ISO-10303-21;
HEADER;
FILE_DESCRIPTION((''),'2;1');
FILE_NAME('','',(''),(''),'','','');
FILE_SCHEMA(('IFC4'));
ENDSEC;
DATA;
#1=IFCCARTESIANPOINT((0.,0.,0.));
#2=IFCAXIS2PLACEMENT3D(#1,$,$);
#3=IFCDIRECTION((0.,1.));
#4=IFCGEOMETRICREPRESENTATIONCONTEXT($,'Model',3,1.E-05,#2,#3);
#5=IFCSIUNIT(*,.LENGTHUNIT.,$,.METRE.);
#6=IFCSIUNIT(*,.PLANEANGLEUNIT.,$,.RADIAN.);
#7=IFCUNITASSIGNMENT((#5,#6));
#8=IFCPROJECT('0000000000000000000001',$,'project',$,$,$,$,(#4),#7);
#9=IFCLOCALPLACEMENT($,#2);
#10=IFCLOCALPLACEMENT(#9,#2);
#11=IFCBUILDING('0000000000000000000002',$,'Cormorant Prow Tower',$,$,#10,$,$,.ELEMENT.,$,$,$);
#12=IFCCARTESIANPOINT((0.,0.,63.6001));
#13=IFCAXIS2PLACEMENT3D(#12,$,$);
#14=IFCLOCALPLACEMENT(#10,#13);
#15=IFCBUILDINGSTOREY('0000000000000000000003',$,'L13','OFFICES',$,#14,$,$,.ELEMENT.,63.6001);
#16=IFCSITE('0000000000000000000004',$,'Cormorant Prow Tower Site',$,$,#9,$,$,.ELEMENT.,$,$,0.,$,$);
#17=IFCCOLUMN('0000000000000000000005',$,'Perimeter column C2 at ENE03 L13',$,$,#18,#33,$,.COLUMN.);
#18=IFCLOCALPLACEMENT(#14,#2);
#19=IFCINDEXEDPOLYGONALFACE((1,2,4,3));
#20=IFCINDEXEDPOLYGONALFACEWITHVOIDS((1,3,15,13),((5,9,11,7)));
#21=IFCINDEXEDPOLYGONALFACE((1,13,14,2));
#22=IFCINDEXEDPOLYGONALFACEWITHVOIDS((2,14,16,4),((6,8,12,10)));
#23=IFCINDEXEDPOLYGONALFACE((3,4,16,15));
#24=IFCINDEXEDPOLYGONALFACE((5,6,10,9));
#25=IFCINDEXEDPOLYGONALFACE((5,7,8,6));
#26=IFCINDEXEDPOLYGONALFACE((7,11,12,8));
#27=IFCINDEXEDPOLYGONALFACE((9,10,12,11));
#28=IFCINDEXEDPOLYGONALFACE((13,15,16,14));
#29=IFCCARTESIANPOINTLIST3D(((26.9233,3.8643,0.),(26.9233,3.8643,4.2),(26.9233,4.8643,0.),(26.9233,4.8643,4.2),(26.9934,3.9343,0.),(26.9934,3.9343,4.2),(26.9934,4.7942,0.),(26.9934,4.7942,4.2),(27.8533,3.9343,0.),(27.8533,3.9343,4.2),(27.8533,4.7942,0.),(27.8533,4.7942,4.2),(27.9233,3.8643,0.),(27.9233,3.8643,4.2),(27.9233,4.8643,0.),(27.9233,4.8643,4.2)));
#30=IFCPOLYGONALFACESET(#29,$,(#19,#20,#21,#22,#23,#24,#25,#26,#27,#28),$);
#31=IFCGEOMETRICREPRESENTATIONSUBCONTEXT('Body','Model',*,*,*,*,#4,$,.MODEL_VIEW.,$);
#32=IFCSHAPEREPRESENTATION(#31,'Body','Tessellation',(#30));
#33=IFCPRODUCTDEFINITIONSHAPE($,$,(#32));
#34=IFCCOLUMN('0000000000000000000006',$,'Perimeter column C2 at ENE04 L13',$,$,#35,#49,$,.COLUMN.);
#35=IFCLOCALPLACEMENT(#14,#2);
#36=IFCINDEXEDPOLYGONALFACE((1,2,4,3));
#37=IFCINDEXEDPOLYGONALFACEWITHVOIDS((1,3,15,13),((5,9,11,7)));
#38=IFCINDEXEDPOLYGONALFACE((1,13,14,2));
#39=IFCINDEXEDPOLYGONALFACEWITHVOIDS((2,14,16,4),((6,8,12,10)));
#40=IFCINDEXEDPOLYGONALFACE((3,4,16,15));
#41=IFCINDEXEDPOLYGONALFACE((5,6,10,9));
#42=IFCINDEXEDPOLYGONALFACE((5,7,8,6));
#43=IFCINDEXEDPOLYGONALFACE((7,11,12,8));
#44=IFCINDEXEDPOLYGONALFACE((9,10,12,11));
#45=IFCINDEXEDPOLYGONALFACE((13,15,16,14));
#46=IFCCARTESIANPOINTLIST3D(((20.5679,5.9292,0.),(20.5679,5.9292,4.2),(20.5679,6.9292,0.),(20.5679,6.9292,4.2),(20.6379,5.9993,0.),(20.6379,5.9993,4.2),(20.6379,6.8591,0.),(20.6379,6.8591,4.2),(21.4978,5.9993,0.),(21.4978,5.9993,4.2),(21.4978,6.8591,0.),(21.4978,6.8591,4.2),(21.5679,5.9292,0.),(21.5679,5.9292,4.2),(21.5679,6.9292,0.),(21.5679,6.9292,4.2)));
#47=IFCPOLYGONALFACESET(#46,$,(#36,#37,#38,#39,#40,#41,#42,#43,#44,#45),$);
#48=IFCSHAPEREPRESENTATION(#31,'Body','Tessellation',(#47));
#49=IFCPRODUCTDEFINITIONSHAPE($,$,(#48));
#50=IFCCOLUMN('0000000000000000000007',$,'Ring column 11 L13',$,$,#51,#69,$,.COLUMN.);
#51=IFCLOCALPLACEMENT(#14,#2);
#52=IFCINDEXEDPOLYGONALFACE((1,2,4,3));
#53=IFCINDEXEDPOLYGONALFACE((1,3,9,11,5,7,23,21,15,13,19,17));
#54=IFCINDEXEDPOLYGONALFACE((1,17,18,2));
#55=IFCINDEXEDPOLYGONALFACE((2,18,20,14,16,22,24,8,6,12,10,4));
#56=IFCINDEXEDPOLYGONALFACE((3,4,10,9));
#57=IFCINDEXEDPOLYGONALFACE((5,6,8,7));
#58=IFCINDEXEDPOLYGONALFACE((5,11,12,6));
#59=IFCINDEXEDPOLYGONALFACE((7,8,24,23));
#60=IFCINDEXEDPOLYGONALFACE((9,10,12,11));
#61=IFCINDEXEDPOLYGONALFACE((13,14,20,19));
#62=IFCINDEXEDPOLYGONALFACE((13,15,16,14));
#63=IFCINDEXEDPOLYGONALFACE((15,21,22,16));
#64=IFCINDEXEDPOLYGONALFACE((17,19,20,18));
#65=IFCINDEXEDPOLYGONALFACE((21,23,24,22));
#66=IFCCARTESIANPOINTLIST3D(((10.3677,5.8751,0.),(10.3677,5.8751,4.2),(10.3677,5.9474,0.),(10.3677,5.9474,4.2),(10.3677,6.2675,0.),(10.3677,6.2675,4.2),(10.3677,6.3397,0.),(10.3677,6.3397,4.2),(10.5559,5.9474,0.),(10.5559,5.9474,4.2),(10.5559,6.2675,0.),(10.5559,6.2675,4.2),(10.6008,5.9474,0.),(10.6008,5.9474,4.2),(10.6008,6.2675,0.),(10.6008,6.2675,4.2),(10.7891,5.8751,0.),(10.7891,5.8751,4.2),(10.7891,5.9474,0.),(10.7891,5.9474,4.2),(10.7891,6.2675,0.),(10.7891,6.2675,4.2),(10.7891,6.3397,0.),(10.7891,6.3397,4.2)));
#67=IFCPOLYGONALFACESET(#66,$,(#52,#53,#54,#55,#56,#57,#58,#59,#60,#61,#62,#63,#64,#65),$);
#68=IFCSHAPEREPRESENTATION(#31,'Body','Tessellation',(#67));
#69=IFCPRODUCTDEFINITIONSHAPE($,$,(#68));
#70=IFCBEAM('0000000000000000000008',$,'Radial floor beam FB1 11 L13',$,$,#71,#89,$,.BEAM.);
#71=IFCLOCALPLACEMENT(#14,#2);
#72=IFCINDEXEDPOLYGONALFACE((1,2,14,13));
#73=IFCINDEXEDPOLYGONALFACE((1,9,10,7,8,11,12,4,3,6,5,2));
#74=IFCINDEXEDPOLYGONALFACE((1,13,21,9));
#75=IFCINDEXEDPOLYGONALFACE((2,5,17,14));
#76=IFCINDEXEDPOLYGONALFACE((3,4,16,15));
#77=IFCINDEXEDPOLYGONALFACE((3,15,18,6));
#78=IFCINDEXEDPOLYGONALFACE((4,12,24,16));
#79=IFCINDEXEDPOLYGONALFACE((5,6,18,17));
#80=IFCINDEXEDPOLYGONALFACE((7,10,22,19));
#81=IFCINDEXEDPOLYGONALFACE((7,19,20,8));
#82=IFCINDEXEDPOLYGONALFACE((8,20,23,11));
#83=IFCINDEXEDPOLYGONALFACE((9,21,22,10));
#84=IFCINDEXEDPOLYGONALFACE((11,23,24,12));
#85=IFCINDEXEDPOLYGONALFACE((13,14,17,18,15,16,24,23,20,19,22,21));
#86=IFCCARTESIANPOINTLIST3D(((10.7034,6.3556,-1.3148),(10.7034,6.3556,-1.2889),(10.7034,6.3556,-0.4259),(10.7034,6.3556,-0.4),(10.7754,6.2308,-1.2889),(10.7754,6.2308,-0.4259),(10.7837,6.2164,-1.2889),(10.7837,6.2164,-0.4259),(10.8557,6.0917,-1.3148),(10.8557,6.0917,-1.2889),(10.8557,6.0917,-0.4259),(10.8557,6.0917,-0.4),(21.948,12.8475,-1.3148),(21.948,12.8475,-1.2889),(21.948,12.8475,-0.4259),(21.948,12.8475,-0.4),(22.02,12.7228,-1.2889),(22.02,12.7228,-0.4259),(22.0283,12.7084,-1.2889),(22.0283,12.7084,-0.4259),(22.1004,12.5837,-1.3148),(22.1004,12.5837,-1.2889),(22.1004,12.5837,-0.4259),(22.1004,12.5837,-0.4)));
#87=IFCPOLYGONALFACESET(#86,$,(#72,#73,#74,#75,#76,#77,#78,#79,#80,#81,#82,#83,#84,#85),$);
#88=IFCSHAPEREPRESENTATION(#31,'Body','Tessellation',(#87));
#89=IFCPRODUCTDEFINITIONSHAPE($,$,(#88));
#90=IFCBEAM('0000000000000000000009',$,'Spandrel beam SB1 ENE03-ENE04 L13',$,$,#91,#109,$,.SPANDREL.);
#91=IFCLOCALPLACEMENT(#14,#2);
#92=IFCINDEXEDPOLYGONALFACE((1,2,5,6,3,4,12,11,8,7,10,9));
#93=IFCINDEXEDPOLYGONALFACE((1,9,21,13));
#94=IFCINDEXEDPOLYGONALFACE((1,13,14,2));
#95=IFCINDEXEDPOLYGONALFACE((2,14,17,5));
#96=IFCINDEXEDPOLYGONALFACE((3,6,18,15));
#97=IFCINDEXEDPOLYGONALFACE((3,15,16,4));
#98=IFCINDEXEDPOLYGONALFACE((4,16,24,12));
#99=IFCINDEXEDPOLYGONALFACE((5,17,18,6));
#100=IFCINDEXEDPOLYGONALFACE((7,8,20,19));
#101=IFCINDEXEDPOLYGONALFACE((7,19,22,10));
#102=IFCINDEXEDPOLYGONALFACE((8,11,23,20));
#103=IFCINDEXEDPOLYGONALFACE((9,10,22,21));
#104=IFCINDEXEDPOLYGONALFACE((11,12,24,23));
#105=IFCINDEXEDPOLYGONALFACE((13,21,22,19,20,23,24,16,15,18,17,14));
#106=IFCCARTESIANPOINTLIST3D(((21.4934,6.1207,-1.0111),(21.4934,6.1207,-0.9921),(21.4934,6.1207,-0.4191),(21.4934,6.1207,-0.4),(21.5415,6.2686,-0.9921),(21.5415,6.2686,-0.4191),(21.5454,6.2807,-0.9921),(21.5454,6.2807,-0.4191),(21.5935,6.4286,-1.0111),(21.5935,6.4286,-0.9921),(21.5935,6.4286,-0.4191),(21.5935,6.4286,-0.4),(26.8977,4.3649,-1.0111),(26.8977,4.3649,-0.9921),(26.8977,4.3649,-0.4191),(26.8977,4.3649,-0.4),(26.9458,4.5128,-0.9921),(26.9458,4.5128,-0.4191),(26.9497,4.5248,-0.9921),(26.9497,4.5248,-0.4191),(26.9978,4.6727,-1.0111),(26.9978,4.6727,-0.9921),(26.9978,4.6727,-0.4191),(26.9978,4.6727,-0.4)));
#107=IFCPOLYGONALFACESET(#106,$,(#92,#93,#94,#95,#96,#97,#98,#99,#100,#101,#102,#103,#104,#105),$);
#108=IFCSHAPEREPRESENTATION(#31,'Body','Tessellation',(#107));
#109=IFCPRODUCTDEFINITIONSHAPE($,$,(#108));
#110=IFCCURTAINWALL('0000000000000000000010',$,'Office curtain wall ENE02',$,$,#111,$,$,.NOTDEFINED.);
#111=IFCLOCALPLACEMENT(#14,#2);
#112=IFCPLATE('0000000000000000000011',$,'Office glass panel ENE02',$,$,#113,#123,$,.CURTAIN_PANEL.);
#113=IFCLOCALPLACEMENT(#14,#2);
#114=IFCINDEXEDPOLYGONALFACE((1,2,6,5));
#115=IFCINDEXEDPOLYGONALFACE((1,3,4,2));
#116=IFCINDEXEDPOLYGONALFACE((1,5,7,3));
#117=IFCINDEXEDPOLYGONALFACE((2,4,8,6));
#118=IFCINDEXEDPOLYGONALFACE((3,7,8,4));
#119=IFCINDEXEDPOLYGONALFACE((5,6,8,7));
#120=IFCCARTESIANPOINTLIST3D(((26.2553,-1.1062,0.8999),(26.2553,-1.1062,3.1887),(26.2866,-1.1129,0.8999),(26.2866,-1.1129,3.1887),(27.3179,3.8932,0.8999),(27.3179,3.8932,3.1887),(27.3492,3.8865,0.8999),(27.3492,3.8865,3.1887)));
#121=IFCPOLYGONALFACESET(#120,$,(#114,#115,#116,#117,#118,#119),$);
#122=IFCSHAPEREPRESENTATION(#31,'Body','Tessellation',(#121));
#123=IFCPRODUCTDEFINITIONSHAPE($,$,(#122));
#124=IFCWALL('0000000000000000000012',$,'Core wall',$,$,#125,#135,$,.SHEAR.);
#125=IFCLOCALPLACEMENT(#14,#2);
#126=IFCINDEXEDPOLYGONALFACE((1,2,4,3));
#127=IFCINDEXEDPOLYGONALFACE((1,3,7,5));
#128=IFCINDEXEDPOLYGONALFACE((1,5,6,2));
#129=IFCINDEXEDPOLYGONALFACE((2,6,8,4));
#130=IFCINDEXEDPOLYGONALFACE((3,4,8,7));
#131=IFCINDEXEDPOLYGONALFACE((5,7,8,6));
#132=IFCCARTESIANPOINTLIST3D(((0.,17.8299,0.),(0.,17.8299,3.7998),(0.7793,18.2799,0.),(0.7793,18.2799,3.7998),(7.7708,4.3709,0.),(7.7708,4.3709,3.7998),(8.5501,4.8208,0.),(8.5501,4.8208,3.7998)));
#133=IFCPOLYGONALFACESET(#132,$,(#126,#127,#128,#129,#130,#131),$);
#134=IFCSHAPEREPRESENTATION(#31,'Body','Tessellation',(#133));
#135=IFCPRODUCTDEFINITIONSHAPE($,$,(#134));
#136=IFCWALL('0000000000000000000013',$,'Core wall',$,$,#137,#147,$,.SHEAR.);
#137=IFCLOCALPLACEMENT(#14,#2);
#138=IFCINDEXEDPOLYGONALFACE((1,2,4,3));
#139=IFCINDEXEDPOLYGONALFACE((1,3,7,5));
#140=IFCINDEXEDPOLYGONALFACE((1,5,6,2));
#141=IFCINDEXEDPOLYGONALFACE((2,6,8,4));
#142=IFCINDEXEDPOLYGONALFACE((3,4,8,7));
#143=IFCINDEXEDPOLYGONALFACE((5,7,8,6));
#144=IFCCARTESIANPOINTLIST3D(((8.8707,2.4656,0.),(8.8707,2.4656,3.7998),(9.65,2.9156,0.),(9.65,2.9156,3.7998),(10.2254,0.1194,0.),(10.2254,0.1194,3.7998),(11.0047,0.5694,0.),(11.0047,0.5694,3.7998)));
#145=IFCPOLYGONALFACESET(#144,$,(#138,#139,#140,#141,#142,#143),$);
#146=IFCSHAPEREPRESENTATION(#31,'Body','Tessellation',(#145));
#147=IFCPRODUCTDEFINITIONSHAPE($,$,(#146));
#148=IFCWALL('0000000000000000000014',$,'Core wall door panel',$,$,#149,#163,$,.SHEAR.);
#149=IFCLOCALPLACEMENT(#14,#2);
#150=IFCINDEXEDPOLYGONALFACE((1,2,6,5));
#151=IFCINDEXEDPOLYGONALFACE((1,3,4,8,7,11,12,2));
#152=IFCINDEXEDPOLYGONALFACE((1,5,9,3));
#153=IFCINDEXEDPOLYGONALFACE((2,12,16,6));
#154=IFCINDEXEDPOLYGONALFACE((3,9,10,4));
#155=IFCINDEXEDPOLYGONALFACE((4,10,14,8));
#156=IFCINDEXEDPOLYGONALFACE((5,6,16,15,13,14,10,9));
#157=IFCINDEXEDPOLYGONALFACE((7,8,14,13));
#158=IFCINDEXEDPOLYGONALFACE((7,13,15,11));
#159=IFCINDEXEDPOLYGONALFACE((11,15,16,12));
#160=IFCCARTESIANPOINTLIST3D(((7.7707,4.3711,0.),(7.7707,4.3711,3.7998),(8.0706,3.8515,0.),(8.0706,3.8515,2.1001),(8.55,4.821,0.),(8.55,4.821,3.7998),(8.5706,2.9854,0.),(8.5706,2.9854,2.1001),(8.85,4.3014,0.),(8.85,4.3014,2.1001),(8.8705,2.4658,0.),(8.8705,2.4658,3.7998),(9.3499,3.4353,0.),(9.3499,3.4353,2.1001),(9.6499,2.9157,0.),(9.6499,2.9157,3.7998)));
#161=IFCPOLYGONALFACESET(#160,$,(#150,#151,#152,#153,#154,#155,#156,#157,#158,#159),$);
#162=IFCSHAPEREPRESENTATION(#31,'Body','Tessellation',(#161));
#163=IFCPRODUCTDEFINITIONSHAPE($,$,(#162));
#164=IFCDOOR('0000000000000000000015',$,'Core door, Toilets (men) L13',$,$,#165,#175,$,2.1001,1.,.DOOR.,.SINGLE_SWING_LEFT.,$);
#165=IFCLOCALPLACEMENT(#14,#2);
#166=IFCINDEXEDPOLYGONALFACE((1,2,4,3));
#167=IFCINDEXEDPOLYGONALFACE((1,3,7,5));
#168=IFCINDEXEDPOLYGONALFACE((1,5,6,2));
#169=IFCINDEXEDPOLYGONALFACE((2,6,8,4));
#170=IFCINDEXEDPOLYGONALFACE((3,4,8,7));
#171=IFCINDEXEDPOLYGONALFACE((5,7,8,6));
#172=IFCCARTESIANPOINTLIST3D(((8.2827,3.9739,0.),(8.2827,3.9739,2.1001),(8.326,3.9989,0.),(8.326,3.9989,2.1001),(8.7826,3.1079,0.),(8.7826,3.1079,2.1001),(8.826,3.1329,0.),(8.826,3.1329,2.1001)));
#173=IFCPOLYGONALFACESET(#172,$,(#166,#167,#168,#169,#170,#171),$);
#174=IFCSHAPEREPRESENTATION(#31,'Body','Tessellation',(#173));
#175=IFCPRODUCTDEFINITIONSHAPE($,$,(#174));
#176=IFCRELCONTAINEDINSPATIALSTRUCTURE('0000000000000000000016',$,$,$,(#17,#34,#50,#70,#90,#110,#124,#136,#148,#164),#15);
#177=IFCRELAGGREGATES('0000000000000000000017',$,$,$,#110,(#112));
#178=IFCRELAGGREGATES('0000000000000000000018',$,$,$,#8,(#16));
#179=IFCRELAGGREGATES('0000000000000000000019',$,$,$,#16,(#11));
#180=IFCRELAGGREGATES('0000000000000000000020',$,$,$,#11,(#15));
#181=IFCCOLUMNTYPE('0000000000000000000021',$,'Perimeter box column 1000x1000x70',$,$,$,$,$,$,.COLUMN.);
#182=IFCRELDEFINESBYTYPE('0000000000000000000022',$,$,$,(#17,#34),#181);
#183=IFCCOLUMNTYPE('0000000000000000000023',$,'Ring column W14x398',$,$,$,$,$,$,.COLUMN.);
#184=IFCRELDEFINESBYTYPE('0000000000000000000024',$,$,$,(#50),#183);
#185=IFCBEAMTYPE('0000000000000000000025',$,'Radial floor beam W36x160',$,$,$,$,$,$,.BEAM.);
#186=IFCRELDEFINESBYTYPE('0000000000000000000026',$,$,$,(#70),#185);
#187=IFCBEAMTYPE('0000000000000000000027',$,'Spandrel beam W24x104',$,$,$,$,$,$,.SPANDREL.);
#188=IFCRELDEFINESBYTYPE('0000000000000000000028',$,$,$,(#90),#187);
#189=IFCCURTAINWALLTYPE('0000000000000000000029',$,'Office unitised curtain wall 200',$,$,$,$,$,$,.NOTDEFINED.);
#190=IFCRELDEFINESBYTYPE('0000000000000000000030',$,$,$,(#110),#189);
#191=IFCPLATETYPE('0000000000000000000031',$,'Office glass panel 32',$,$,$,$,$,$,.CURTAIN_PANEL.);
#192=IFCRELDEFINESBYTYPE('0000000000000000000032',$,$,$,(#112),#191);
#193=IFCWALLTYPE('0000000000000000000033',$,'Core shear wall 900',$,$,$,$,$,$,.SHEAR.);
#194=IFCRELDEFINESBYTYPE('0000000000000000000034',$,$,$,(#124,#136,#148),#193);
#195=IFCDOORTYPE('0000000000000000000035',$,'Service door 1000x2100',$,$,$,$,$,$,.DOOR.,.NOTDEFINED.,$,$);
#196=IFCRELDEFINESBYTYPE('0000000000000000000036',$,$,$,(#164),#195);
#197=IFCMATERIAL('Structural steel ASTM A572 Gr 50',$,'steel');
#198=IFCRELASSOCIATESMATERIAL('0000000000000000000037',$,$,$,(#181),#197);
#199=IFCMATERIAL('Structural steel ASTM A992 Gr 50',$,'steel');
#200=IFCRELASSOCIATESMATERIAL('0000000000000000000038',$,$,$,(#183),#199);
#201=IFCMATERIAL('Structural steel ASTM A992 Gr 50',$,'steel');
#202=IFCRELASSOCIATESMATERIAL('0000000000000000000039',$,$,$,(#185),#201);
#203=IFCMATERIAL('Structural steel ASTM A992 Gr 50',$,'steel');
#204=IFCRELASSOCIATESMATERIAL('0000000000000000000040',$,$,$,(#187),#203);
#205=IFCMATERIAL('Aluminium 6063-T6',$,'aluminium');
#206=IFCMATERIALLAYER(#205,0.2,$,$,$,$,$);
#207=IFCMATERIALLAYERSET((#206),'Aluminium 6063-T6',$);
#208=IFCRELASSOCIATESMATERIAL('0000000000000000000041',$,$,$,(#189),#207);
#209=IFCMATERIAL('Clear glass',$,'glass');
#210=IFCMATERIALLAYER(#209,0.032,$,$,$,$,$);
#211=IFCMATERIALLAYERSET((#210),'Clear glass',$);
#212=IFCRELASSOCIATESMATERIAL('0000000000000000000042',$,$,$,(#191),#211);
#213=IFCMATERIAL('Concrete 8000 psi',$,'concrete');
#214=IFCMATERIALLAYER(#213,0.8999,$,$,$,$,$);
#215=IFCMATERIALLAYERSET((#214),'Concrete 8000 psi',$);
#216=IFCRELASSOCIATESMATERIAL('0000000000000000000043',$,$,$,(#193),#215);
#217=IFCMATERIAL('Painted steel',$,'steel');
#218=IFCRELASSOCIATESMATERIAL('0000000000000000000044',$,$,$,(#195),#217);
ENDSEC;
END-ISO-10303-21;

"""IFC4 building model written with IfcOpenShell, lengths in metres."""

from ifc_helpers import new_model, si_unit, direction, frame, frame_2d, origin, origin_2d, place, context, subcontext, project, spatial, rectangle, hollow_rectangle, i_section, extrude, material, layer, layer_set, material_profile, profile_set, type_object, element, fill, aggregate, save


model = new_model("IFC4")

# Units and contexts
model_context = context("Model", 3, precision=1e-05, world=origin(), true_north=direction((0.0, 1.0)))
body_context = subcontext(model_context, "Body", "Model", "MODEL_VIEW")
ifc_project = project(units=[si_unit("LENGTHUNIT", "METRE"), si_unit("PLANEANGLEUNIT", "RADIAN")], contexts=[model_context])

# Site, building, storey
site_placement = place(None, origin())
site = spatial("IfcSite", under=ifc_project, at=site_placement, Name="Cormorant Prow Tower Site", CompositionType="ELEMENT", RefElevation=0.0)
building_placement = place(site_placement, origin())
building = spatial("IfcBuilding", under=site, at=building_placement, Name="Cormorant Prow Tower", CompositionType="ELEMENT")
storey_placement = place(building_placement, frame((0.0, 0.0, 63.6001)))
storey = spatial("IfcBuildingStorey", under=building, at=storey_placement, Name="L13", Description="OFFICES", CompositionType="ELEMENT", Elevation=63.6001)

# Columns
ifc_material_1 = material(Name="Structural steel ASTM A572 Gr 50", Category="steel")
ifc_material_profile_1 = material_profile(ifc_material_1, hollow_rectangle(XDim=1.0, YDim=1.0, WallThickness=0.0701, at=origin_2d()), Name="Box 1000x1000x70")
ifc_profile_set_1 = profile_set([ifc_material_profile_1], Name="Structural steel ASTM A572 Gr 50")
column_type_1 = type_object("IfcColumnType", Name="Perimeter box column 1000x1000x70", PredefinedType="COLUMN", material=ifc_profile_set_1)
for number, where, z_axis, x_axis, name in (
    (1, (27.4233, 4.3643, 0.0), (0.0, 0.0, 1.0), (1.0, 0.0, 0.0), "Perimeter column C2 at ENE03 L13"),
    (2, (21.0679, 6.4292, 0.0), (0.0, 0.0, 1.0), (1.0, 0.0, 0.0), "Perimeter column C2 at ENE04 L13"),
):
    element("IfcColumn", number, at=place(storey_placement, frame(where, z_axis=z_axis, x_axis=x_axis)), inside=storey, type_object=column_type_1, Name=name, PredefinedType="COLUMN", context=body_context, shape_type="SweptSolid", body=[
        extrude(hollow_rectangle(XDim=1.0, YDim=1.0, WallThickness=0.0701, at=origin_2d()), origin(), (0.0, 0.0, 1.0), 4.2),
    ])
ifc_material_2 = material(Name="Structural steel ASTM A992 Gr 50", Category="steel")
ifc_material_profile_2 = material_profile(ifc_material_2, i_section(OverallWidth=0.4214, OverallDepth=0.4646, WebThickness=0.0449, FlangeThickness=0.0723, at=origin_2d()), Name="W14x398")
ifc_profile_set_2 = profile_set([ifc_material_profile_2], Name="Structural steel ASTM A992 Gr 50")
column_type_2 = type_object("IfcColumnType", Name="Ring column W14x398", PredefinedType="COLUMN", material=ifc_profile_set_2)
column_placement = place(storey_placement, frame((10.5784, 6.1074, 0.0), z_axis=(0.0, 0.0, 1.0), x_axis=(1.0, 0.0, 0.0)))
element("IfcColumn", 3, at=column_placement, inside=storey, type_object=column_type_2, Name="Ring column 11 L13", PredefinedType="COLUMN", context=body_context, shape_type="SweptSolid", body=[
    extrude(i_section(OverallWidth=0.4214, OverallDepth=0.4646, WebThickness=0.0449, FlangeThickness=0.0723, at=origin_2d()), origin(), (0.0, 0.0, 1.0), 4.2),
])

# Beams
ifc_material_3 = material(Name="Structural steel ASTM A992 Gr 50", Category="steel")
ifc_material_profile_3 = material_profile(ifc_material_3, i_section(OverallWidth=0.3047, OverallDepth=0.9148, WebThickness=0.0166, FlangeThickness=0.0259, at=origin_2d()), Name="W36x160")
ifc_profile_set_3 = profile_set([ifc_material_profile_3], Name="Structural steel ASTM A992 Gr 50")
beam_type_1 = type_object("IfcBeamType", Name="Radial floor beam W36x160", PredefinedType="BEAM", material=ifc_profile_set_3)
beam_1_placement = place(storey_placement, frame((10.7795, 6.2236, -0.8574), z_axis=(0.86603, 0.499992, 0.0), x_axis=(-0.499992, 0.86603, 0.0)))
element("IfcBeam", 4, at=beam_1_placement, inside=storey, type_object=beam_type_1, Name="Radial floor beam FB1 11 L13", PredefinedType="BEAM", context=body_context, shape_type="SweptSolid", body=[
    extrude(i_section(OverallWidth=0.3047, OverallDepth=0.9148, WebThickness=0.0166, FlangeThickness=0.0259, at=origin_2d()), origin(), (0.0, 0.0, 1.0), 12.9841),
])
ifc_material_4 = material(Name="Structural steel ASTM A992 Gr 50", Category="steel")
ifc_material_profile_4 = material_profile(ifc_material_4, i_section(OverallWidth=0.3237, OverallDepth=0.6111, WebThickness=0.0127, FlangeThickness=0.019, at=origin_2d()), Name="W24x104")
ifc_profile_set_4 = profile_set([ifc_material_profile_4], Name="Structural steel ASTM A992 Gr 50")
beam_type_2 = type_object("IfcBeamType", Name="Spandrel beam W24x104", PredefinedType="SPANDREL", material=ifc_profile_set_4)
beam_2_placement = place(storey_placement, frame((26.9478, 4.5188, -0.7056), z_axis=(-0.951062, 0.309001, 0.0), x_axis=(-0.309001, -0.951062, 0.0)))
element("IfcBeam", 5, at=beam_2_placement, inside=storey, type_object=beam_type_2, Name="Spandrel beam SB1 ENE03-ENE04 L13", PredefinedType="SPANDREL", context=body_context, shape_type="SweptSolid", body=[
    extrude(i_section(OverallWidth=0.3237, OverallDepth=0.6111, WebThickness=0.0127, FlangeThickness=0.019, at=origin_2d()), origin(), (0.0, 0.0, 1.0), 5.6824),
])

# Curtain wall, plate
ifc_material_5 = material(Name="Aluminium 6063-T6", Category="aluminium")
ifc_layer_1 = layer(ifc_material_5, 0.2)
ifc_layer_set_1 = layer_set([ifc_layer_1], Name="Aluminium 6063-T6")
curtain_wall_type = type_object("IfcCurtainWallType", Name="Office unitised curtain wall 200", PredefinedType="NOTDEFINED", material=ifc_layer_set_1)
curtain_wall_placement = place(storey_placement, origin())
curtain_wall = element("IfcCurtainWall", 6, at=curtain_wall_placement, inside=storey, type_object=curtain_wall_type, Name="Office curtain wall ENE02", PredefinedType="NOTDEFINED")
ifc_material_6 = material(Name="Clear glass", Category="glass")
ifc_layer_2 = layer(ifc_material_6, 0.032)
ifc_layer_set_2 = layer_set([ifc_layer_2], Name="Clear glass")
plate_type = type_object("IfcPlateType", Name="Office glass panel 32", PredefinedType="CURTAIN_PANEL", material=ifc_layer_set_2)
plate_placement = place(storey_placement, frame((26.8022, 1.3901, 0.8999), z_axis=(0.0, 0.0, 1.0), x_axis=(0.207912, 0.978148, 0.0)))
plate = element("IfcPlate", 7, at=plate_placement, type_object=plate_type, Name="Office glass panel ENE02", PredefinedType="CURTAIN_PANEL", context=body_context, shape_type="SweptSolid", body=[
    extrude(rectangle(XDim=5.1111, YDim=0.032, at=origin_2d()), origin(), (0.0, 0.0, 1.0), 2.2888),
])
aggregate(curtain_wall, [plate])

# Walls
ifc_material_7 = material(Name="Concrete 8000 psi", Category="concrete")
ifc_layer_3 = layer(ifc_material_7, 0.8999)
ifc_layer_set_3 = layer_set([ifc_layer_3], Name="Concrete 8000 psi")
wall_type_1 = type_object("IfcWallType", Name="Core shear wall 900", PredefinedType="SHEAR", material=ifc_layer_set_3)
wall_1_placement = place(storey_placement, frame((8.1604, 4.5959, 0.0), z_axis=(0.0, 0.0, 1.0), x_axis=(-0.50001, 0.86602, 0.0)))
element("IfcWall", 8, at=wall_1_placement, inside=storey, type_object=wall_type_1, Name="Core wall", PredefinedType="SHEAR", context=body_context, shape_type="SweptSolid", body=[
    extrude(rectangle(XDim=15.5413, YDim=0.8999, at=frame_2d((7.7705, 0.0))), origin(), (0.0, 0.0, 1.0), 3.7998),
])
wall_2_placement = place(storey_placement, frame((10.615, 0.3445, 0.0), z_axis=(0.0, 0.0, 1.0), x_axis=(-0.500045, 0.865999, 0.0)))
element("IfcWall", 9, at=wall_2_placement, inside=storey, type_object=wall_type_1, Name="Core wall", PredefinedType="SHEAR", context=body_context, shape_type="SweptSolid", body=[
    extrude(rectangle(XDim=2.7092, YDim=0.8999, at=frame_2d((1.3545, 0.0))), origin(), (0.0, 0.0, 1.0), 3.7998),
])

# Wall, opening, door
wall_3_placement = place(storey_placement, frame((9.2603, 2.6907, 0.0), z_axis=(0.0, 0.0, 1.0), x_axis=(-0.499947, 0.866056, 0.0)))
wall_3 = element("IfcWall", 10, at=wall_3_placement, inside=storey, type_object=wall_type_1, Name="Core wall door panel", PredefinedType="SHEAR", context=body_context, shape_type="SweptSolid", body=[
    extrude(rectangle(XDim=2.2, YDim=0.8999, at=frame_2d((1.1001, 0.0))), origin(), (0.0, 0.0, 1.0), 3.7998),
])
opening_1_placement = place(wall_3_placement, frame((0.6001, 0.0, 0.0)))
opening_1 = element("IfcOpeningElement", 11, at=opening_1_placement, cuts=wall_3, PredefinedType="OPENING", context=body_context, shape_type="SweptSolid", body=[
    extrude(rectangle(XDim=1.0, YDim=2.1001, at=frame_2d((0.5, 1.05))), frame((0.0, 0.46, 0.0), z_axis=(0.0, -1.0, 0.0), x_axis=(1.0, 0.0, 0.0)), (0.0, 0.0, 1.0), 0.9199),
])
ifc_material_8 = material(Name="Painted steel", Category="steel")
door_type_1 = type_object("IfcDoorType", Name="Service door 1000x2100", OperationType="NOTDEFINED", PredefinedType="DOOR", material=ifc_material_8)
door_1_placement = place(opening_1_placement, origin())
door_1 = element("IfcDoor", 12, at=door_1_placement, inside=storey, type_object=door_type_1, Name="Core door, Toilets (men) L13", OperationType="SINGLE_SWING_LEFT", OverallHeight=2.1001, OverallWidth=1.0, PredefinedType="DOOR", context=body_context, shape_type="SweptSolid", body=[
    extrude(rectangle(XDim=1.0, YDim=2.1001, at=frame_2d((0.5, 1.05))), frame((0.0, 0.2051, 0.0), z_axis=(0.0, -1.0, 0.0), x_axis=(1.0, 0.0, 0.0)), (0.0, 0.0, 1.0), 0.05),
])
fill(opening_1, door_1)

save(model, "model.ifc")
